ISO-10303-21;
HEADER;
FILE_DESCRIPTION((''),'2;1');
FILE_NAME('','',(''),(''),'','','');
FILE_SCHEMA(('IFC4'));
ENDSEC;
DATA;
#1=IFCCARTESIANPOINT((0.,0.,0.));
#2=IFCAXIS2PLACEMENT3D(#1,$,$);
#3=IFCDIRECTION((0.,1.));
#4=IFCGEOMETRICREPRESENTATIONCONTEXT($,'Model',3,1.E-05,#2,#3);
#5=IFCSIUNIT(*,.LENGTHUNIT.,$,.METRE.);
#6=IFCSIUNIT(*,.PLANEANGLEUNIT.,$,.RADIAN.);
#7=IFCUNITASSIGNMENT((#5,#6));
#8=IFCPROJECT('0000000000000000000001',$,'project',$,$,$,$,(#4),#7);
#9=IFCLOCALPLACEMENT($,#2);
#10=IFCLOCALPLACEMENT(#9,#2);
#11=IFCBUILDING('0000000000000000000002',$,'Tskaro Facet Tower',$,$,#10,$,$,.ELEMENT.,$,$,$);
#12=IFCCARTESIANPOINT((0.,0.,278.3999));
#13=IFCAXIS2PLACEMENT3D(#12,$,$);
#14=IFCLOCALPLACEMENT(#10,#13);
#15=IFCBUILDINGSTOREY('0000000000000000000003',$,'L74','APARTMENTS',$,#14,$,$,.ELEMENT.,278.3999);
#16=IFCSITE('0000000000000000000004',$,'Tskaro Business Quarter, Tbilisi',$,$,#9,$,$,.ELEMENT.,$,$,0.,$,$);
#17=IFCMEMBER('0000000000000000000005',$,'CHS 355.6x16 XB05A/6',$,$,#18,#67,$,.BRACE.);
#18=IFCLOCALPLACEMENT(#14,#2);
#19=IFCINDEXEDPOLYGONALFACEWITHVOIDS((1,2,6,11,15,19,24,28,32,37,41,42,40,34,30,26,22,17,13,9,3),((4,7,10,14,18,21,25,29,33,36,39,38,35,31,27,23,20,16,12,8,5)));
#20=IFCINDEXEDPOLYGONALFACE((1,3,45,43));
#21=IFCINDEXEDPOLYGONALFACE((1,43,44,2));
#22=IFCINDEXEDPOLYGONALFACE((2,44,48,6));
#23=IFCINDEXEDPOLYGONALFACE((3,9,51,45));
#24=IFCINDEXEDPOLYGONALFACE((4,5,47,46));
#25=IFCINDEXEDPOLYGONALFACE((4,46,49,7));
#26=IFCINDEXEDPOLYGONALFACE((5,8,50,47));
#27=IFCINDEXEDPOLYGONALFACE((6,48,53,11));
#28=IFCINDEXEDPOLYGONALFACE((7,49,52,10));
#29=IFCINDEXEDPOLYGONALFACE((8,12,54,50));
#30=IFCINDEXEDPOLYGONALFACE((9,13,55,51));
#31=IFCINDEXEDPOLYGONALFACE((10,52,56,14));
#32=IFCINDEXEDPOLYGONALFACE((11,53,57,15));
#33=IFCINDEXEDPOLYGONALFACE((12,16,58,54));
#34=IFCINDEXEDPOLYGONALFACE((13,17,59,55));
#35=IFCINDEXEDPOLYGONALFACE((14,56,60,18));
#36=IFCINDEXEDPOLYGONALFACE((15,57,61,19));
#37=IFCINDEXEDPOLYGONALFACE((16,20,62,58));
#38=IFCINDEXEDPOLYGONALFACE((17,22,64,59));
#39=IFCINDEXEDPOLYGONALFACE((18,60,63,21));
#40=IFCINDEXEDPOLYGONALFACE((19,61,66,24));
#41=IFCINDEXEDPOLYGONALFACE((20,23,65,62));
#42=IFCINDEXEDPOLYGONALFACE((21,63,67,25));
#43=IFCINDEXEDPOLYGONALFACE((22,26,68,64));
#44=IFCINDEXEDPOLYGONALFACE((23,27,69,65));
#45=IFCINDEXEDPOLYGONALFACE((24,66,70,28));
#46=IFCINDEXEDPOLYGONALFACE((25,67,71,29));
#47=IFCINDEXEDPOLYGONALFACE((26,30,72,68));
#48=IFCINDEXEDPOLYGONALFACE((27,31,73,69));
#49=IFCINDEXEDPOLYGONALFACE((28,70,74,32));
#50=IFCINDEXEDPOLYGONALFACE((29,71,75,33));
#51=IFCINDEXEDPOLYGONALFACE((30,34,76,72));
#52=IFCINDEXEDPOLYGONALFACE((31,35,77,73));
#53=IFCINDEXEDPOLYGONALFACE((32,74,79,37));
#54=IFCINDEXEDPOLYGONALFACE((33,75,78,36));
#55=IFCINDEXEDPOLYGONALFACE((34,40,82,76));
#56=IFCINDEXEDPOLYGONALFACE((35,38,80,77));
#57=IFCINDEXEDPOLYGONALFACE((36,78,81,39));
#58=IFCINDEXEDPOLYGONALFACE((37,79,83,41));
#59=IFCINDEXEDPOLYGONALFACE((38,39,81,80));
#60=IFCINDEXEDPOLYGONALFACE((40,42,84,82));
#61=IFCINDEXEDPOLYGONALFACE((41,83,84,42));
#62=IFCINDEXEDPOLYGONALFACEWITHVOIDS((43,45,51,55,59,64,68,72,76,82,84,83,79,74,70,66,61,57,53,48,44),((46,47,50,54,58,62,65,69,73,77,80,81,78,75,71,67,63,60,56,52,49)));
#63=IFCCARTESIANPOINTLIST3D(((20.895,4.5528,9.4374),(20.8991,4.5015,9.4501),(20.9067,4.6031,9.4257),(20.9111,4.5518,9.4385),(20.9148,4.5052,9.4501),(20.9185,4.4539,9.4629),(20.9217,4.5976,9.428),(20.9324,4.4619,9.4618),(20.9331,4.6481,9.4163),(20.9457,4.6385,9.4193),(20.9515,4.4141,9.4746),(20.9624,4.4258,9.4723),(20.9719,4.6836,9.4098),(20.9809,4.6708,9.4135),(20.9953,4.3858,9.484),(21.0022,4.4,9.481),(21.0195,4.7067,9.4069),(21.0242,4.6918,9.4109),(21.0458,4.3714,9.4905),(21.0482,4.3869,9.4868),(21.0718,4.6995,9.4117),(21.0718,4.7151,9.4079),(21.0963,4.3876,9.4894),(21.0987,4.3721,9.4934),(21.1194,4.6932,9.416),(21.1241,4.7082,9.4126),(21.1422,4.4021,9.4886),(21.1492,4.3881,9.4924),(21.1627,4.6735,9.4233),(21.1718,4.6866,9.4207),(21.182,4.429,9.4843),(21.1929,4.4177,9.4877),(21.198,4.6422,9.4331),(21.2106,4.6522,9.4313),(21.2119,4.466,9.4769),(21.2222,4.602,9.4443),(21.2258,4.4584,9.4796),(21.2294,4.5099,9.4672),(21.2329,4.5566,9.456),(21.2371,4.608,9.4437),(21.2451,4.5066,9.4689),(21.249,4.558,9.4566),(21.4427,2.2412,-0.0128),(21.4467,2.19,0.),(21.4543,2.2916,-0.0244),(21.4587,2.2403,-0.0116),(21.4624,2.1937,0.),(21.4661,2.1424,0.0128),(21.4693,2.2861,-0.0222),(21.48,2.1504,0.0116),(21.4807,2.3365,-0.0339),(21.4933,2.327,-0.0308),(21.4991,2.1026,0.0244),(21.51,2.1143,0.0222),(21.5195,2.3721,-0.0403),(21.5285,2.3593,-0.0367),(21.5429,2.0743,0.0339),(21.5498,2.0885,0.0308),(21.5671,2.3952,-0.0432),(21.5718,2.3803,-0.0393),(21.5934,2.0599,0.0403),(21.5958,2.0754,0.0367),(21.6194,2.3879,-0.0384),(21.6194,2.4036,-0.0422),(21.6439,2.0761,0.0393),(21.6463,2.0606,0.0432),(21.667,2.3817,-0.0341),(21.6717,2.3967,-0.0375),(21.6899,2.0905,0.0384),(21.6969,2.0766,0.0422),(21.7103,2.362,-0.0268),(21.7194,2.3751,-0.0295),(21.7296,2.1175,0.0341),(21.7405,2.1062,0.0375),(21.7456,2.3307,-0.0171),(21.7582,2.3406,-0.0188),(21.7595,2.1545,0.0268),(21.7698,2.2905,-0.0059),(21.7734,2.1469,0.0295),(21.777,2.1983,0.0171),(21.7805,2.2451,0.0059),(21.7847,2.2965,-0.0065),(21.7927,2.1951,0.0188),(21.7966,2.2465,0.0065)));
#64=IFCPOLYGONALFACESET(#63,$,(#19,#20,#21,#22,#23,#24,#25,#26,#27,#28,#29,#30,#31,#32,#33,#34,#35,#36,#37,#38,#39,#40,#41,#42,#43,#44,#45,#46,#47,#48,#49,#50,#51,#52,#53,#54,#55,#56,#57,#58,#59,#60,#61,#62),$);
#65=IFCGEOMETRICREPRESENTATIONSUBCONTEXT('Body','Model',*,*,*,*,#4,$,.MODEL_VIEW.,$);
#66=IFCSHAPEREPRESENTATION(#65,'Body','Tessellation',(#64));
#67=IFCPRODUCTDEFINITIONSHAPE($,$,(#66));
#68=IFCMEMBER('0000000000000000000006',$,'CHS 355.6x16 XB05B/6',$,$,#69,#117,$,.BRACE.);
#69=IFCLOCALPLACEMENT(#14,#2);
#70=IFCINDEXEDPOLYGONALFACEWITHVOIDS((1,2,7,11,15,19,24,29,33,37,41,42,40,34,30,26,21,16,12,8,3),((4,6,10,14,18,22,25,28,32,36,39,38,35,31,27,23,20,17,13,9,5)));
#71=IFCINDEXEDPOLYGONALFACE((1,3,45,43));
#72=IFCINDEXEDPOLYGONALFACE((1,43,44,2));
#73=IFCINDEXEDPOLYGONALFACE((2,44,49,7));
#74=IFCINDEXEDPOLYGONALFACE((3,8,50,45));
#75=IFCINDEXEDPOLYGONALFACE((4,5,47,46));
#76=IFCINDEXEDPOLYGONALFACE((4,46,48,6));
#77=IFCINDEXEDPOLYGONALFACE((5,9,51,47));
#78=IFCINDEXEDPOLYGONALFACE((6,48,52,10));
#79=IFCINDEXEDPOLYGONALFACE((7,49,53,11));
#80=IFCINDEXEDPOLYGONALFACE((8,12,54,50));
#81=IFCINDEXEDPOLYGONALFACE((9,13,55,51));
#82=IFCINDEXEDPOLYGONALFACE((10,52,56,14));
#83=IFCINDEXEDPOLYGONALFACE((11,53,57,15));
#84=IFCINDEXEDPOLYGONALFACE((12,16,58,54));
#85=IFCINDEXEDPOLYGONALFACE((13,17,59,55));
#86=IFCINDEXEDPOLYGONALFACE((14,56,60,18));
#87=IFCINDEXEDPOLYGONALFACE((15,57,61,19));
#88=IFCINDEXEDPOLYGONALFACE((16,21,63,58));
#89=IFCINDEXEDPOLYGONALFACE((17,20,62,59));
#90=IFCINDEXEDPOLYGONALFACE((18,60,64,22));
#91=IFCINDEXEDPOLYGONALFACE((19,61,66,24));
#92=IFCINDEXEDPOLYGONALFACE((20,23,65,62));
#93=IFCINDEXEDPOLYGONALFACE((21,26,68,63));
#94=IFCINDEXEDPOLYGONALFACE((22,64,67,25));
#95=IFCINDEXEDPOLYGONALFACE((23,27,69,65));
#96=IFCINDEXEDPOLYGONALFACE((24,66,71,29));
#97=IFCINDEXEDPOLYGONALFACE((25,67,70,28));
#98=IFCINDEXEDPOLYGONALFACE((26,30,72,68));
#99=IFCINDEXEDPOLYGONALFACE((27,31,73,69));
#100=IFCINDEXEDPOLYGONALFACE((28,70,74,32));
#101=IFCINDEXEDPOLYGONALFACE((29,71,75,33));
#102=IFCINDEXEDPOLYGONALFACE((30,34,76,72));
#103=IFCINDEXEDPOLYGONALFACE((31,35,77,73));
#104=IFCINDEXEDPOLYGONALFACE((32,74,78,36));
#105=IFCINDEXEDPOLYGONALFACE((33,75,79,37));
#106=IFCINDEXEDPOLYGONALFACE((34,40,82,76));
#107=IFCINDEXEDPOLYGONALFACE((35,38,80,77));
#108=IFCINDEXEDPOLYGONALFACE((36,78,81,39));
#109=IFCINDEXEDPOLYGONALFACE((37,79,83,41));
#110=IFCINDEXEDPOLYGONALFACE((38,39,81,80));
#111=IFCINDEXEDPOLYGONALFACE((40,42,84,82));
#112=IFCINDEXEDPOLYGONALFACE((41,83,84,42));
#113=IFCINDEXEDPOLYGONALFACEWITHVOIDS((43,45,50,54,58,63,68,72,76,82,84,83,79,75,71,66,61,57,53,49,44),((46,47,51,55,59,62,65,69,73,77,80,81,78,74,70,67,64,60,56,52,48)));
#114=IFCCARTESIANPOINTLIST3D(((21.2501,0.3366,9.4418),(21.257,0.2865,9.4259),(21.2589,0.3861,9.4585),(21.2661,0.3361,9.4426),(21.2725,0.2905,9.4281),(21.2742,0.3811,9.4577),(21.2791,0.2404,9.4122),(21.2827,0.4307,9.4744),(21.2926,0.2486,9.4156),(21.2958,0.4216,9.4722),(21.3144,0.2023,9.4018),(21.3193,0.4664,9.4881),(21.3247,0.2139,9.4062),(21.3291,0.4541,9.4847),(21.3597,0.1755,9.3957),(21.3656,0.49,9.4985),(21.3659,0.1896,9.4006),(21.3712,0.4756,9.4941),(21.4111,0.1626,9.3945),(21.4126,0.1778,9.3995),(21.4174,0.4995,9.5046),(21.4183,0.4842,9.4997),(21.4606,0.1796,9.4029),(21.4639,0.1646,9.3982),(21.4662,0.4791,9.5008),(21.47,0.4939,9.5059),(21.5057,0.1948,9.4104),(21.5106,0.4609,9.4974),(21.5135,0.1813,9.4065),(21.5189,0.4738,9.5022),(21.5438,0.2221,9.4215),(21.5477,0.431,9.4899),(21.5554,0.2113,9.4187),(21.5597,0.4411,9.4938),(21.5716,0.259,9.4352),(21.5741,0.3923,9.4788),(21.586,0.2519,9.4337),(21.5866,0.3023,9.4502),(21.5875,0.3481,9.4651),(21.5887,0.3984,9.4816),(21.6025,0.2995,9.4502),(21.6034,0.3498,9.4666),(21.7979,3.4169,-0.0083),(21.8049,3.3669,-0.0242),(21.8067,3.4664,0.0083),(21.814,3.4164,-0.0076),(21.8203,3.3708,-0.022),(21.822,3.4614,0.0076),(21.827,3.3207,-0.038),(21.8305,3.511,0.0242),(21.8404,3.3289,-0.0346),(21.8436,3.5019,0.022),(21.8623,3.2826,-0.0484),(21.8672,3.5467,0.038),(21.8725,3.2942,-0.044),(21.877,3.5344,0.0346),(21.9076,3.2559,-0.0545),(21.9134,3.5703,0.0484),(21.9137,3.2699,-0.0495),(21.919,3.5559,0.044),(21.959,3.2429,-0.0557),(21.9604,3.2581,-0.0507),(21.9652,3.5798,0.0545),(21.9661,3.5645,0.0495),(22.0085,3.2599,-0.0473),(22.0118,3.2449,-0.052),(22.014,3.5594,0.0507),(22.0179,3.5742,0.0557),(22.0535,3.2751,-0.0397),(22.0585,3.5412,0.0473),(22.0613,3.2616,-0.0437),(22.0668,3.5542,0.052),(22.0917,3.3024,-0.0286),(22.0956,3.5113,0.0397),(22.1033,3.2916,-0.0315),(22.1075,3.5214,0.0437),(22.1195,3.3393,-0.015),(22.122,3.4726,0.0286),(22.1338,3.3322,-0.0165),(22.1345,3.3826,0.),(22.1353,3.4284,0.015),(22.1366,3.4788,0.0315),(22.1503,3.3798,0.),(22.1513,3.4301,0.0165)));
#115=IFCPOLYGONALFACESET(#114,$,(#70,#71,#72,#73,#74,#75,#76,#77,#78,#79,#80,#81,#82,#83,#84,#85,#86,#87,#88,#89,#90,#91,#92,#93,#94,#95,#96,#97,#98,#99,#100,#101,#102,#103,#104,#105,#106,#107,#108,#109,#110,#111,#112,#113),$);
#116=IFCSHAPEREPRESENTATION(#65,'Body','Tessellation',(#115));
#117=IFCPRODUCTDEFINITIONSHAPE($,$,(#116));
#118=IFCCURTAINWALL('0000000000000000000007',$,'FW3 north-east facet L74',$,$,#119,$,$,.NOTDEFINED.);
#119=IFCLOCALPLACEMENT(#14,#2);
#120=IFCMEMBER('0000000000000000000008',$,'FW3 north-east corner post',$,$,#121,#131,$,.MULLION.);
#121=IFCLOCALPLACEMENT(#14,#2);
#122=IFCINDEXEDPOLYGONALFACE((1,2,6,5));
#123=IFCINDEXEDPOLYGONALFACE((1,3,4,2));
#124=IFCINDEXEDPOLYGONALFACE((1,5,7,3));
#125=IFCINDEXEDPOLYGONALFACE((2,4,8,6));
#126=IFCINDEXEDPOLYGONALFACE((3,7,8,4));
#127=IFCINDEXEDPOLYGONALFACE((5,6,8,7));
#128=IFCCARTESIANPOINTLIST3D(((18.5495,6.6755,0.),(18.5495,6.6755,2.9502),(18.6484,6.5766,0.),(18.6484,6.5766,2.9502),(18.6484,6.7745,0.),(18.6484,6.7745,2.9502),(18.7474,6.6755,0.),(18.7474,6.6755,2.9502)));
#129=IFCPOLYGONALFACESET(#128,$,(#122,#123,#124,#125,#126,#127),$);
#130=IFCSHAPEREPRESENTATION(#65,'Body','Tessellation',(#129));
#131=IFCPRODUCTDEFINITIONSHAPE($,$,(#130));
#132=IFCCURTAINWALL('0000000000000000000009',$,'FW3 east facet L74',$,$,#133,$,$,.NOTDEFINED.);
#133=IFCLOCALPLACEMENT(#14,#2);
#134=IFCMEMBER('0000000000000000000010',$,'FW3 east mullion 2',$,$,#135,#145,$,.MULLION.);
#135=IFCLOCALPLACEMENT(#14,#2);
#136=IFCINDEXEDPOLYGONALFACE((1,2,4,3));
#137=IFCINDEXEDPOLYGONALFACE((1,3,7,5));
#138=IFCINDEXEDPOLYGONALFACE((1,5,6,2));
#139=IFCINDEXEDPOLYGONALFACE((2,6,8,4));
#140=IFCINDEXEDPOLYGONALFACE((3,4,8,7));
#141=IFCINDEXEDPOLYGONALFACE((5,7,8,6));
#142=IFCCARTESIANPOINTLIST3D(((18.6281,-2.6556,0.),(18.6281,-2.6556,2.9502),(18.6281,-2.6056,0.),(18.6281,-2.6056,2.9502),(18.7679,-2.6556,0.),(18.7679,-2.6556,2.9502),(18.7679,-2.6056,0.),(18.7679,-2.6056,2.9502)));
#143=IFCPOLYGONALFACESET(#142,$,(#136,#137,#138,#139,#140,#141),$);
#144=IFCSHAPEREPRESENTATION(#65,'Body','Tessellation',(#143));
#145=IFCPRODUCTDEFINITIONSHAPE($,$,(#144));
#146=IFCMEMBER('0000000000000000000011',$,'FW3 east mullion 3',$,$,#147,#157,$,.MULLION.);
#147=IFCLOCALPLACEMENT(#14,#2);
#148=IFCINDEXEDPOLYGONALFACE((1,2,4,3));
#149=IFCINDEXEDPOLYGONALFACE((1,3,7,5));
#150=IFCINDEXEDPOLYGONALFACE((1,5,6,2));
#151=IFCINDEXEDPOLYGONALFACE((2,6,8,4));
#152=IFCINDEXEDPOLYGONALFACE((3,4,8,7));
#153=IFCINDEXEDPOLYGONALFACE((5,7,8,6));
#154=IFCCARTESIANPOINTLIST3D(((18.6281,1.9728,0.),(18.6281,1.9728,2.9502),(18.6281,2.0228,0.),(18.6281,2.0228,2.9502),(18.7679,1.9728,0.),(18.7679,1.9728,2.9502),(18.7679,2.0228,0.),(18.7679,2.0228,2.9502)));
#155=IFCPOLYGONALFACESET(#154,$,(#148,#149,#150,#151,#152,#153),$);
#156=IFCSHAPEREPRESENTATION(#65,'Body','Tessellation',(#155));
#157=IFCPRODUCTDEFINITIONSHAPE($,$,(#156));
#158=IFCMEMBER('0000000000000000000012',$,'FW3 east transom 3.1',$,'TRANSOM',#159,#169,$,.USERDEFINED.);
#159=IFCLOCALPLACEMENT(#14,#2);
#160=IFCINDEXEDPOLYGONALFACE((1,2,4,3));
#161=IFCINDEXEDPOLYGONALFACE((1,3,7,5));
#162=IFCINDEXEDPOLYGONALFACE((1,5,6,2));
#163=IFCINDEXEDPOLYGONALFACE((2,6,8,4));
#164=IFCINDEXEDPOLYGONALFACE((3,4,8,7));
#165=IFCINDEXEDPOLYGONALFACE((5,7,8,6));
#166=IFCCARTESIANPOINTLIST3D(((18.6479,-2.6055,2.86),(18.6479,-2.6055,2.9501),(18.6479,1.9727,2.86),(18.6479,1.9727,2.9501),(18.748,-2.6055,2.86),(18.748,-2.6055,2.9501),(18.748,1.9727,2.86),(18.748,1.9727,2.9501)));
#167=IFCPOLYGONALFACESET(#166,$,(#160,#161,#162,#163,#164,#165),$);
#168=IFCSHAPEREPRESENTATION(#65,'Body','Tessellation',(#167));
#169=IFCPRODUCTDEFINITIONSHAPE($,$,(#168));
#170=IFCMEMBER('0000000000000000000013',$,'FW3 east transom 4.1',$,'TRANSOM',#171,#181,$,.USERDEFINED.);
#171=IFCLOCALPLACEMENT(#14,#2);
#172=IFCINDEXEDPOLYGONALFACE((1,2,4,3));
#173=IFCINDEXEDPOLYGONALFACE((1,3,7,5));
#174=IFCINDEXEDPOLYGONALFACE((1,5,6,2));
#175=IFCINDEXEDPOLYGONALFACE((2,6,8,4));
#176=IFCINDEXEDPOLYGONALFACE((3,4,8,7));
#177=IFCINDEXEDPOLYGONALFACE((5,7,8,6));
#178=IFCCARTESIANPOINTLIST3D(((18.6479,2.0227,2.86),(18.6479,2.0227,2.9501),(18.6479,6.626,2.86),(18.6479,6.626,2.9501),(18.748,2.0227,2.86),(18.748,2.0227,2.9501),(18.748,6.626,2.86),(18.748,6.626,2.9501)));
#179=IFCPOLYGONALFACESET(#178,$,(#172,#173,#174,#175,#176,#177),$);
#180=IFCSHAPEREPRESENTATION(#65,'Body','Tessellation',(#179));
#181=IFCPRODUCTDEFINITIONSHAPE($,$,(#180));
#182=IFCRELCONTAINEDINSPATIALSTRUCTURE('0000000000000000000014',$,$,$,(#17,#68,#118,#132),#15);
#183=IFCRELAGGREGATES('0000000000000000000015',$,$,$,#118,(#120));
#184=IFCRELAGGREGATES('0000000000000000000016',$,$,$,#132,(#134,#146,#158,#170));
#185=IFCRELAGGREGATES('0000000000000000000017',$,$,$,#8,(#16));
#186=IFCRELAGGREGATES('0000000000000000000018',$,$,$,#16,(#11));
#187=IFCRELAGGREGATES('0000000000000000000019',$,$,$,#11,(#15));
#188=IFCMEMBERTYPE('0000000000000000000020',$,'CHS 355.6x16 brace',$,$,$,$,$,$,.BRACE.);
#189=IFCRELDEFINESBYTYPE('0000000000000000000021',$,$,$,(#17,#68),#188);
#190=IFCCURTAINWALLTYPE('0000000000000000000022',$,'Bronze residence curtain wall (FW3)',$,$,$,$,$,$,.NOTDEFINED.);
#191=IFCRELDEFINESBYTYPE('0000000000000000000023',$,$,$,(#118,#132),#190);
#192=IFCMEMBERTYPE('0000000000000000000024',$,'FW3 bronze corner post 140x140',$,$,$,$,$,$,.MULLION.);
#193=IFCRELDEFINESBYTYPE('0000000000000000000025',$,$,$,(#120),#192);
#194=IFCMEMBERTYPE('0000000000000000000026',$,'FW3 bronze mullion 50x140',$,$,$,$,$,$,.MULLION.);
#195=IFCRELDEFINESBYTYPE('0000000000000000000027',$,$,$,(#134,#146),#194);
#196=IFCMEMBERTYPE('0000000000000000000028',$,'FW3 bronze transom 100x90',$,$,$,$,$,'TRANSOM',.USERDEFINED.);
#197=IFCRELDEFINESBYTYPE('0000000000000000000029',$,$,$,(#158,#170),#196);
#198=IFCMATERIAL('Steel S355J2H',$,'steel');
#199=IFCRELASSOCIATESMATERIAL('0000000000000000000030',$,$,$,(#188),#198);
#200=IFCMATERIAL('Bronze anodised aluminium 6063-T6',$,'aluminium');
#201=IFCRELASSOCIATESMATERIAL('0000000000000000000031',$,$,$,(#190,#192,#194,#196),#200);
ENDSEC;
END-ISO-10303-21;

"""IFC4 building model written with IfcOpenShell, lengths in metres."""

from ifc_helpers import new_model, si_unit, direction, frame, origin, origin_2d, place, context, subcontext, project, spatial, rectangle, hollow_circle, extrude, material, material_profile, profile_set, type_object, element, aggregate, save


model = new_model("IFC4")

# Units and contexts
model_context = context("Model", 3, precision=1e-05, world=origin(), true_north=direction((0.0, 1.0)))
body_context = subcontext(model_context, "Body", "Model", "MODEL_VIEW")
ifc_project = project(units=[si_unit("LENGTHUNIT", "METRE"), si_unit("PLANEANGLEUNIT", "RADIAN")], contexts=[model_context])

# Site, building, storey
site_placement = place(None, origin())
site = spatial("IfcSite", under=ifc_project, at=site_placement, Name="Tskaro Business Quarter, Tbilisi", CompositionType="ELEMENT", RefElevation=0.0)
building_placement = place(site_placement, origin())
building = spatial("IfcBuilding", under=site, at=building_placement, Name="Tskaro Facet Tower", CompositionType="ELEMENT")
storey_placement = place(building_placement, frame((0.0, 0.0, 278.3999)))
storey = spatial("IfcBuildingStorey", under=building, at=storey_placement, Name="L74", Description="APARTMENTS", CompositionType="ELEMENT", Elevation=278.3999)

# Shared definitions
ifc_material_1 = material(Name="Steel S355J2H", Category="steel")

# Members
ifc_material_profile_1 = material_profile(ifc_material_1, hollow_circle(Radius=0.1777, WallThickness=0.0161, at=origin_2d()), Name="CHS 355.6x16")
ifc_profile_set_1 = profile_set([ifc_material_profile_1], Name="Steel S355J2H")
member_type_1 = type_object("IfcMemberType", Name="CHS 355.6x16 brace", PredefinedType="BRACE", material=ifc_profile_set_1)
member_1_placement = place(storey_placement, frame((21.6196, 2.231, 0.0), z_axis=(-0.056198, 0.237221, 0.969829), x_axis=(-0.973067, -0.230523, 0.0)))
element("IfcMember", 1, at=member_1_placement, inside=storey, type_object=member_type_1, Name="CHS 355.6x16 XB05A/6", PredefinedType="BRACE", context=body_context, shape_type="SweptSolid", body=[
    extrude(hollow_circle(Radius=0.1777, WallThickness=0.0161, at=origin_2d()), origin(), (0.0, 0.0, 1.0), 9.7441),
])
member_2_placement = place(storey_placement, frame((21.9753, 3.4109, 0.0), z_axis=(-0.055035, -0.309436, 0.949326), x_axis=(0.984549, -0.175107, 0.0)))
element("IfcMember", 2, at=member_2_placement, inside=storey, type_object=member_type_1, Name="CHS 355.6x16 XB05B/6", PredefinedType="BRACE", context=body_context, shape_type="SweptSolid", body=[
    extrude(hollow_circle(Radius=0.1777, WallThickness=0.0161, at=origin_2d()), origin(), (0.0, 0.0, 1.0), 9.9546),
])

# Curtain wall, member
ifc_material_2 = material(Name="Bronze anodised aluminium 6063-T6", Category="aluminium")
curtain_wall_type = type_object("IfcCurtainWallType", Name="Bronze residence curtain wall (FW3)", PredefinedType="NOTDEFINED", material=ifc_material_2)
curtain_wall_1_placement = place(storey_placement, origin())
curtain_wall_1 = element("IfcCurtainWall", 3, at=curtain_wall_1_placement, inside=storey, type_object=curtain_wall_type, Name="FW3 north-east facet L74", PredefinedType="NOTDEFINED")
ifc_material_profile_2 = material_profile(ifc_material_2, rectangle(XDim=0.1399, YDim=0.1399, at=origin_2d()), Name="Corner post 140x140")
ifc_profile_set_2 = profile_set([ifc_material_profile_2], Name="Bronze anodised aluminium 6063-T6")
member_type_2 = type_object("IfcMemberType", Name="FW3 bronze corner post 140x140", PredefinedType="MULLION", material=ifc_profile_set_2)
member_3_placement = place(storey_placement, frame((18.6484, 6.6755, 0.0), z_axis=(0.0, 0.0, 1.0), x_axis=(-0.707107, 0.707107, 0.0)))
member_3 = element("IfcMember", 4, at=member_3_placement, type_object=member_type_2, Name="FW3 north-east corner post", PredefinedType="MULLION", context=body_context, shape_type="SweptSolid", body=[
    extrude(rectangle(XDim=0.1399, YDim=0.1399, at=origin_2d()), origin(), (0.0, 0.0, 1.0), 2.9502),
])
aggregate(curtain_wall_1, [member_3])

# Curtain wall, members
curtain_wall_2_placement = place(storey_placement, origin())
curtain_wall_2 = element("IfcCurtainWall", 5, at=curtain_wall_2_placement, inside=storey, type_object=curtain_wall_type, Name="FW3 east facet L74", PredefinedType="NOTDEFINED")
ifc_material_profile_3 = material_profile(ifc_material_2, rectangle(XDim=0.05, YDim=0.1399, at=origin_2d()), Name="Mullion 50x140")
ifc_profile_set_3 = profile_set([ifc_material_profile_3], Name="Bronze anodised aluminium 6063-T6")
member_type_3 = type_object("IfcMemberType", Name="FW3 bronze mullion 50x140", PredefinedType="MULLION", material=ifc_profile_set_3)
member_4_placement = place(storey_placement, frame((18.698, -2.6306, 0.0), z_axis=(0.0, 0.0, 1.0), x_axis=(0.0, 1.0, 0.0)))
member_4 = element("IfcMember", 6, at=member_4_placement, type_object=member_type_3, Name="FW3 east mullion 2", PredefinedType="MULLION", context=body_context, shape_type="SweptSolid", body=[
    extrude(rectangle(XDim=0.05, YDim=0.1399, at=origin_2d()), origin(), (0.0, 0.0, 1.0), 2.9502),
])
member_5_placement = place(storey_placement, frame((18.698, 1.9978, 0.0), z_axis=(0.0, 0.0, 1.0), x_axis=(0.0, 1.0, 0.0)))
member_5 = element("IfcMember", 7, at=member_5_placement, type_object=member_type_3, Name="FW3 east mullion 3", PredefinedType="MULLION", context=body_context, shape_type="SweptSolid", body=[
    extrude(rectangle(XDim=0.05, YDim=0.1399, at=origin_2d()), origin(), (0.0, 0.0, 1.0), 2.9502),
])
ifc_material_profile_4 = material_profile(ifc_material_2, rectangle(XDim=0.1001, YDim=0.0901, at=origin_2d()), Name="Transom 100x90")
ifc_profile_set_4 = profile_set([ifc_material_profile_4], Name="Bronze anodised aluminium 6063-T6")
member_type_4 = type_object("IfcMemberType", Name="FW3 bronze transom 100x90", ElementType="TRANSOM", PredefinedType="USERDEFINED", material=ifc_profile_set_4)
member_6_placement = place(storey_placement, frame((18.698, -2.6055, 2.905), z_axis=(0.0, 1.0, 0.0), x_axis=(-1.0, 0.0, 0.0)))
member_6 = element("IfcMember", 8, at=member_6_placement, type_object=member_type_4, Name="FW3 east transom 3.1", ObjectType="TRANSOM", PredefinedType="USERDEFINED", context=body_context, shape_type="SweptSolid", body=[
    extrude(rectangle(XDim=0.1001, YDim=0.0901, at=origin_2d()), origin(), (0.0, 0.0, 1.0), 4.5781),
])
member_7_placement = place(storey_placement, frame((18.698, 2.0227, 2.905), z_axis=(0.0, 1.0, 0.0), x_axis=(-1.0, 0.0, 0.0)))
member_7 = element("IfcMember", 9, at=member_7_placement, type_object=member_type_4, Name="FW3 east transom 4.1", ObjectType="TRANSOM", PredefinedType="USERDEFINED", context=body_context, shape_type="SweptSolid", body=[
    extrude(rectangle(XDim=0.1001, YDim=0.0901, at=origin_2d()), origin(), (0.0, 0.0, 1.0), 4.6033),
])

aggregate(curtain_wall_2, [member_4, member_5, member_6, member_7])

save(model, "model.ifc")
